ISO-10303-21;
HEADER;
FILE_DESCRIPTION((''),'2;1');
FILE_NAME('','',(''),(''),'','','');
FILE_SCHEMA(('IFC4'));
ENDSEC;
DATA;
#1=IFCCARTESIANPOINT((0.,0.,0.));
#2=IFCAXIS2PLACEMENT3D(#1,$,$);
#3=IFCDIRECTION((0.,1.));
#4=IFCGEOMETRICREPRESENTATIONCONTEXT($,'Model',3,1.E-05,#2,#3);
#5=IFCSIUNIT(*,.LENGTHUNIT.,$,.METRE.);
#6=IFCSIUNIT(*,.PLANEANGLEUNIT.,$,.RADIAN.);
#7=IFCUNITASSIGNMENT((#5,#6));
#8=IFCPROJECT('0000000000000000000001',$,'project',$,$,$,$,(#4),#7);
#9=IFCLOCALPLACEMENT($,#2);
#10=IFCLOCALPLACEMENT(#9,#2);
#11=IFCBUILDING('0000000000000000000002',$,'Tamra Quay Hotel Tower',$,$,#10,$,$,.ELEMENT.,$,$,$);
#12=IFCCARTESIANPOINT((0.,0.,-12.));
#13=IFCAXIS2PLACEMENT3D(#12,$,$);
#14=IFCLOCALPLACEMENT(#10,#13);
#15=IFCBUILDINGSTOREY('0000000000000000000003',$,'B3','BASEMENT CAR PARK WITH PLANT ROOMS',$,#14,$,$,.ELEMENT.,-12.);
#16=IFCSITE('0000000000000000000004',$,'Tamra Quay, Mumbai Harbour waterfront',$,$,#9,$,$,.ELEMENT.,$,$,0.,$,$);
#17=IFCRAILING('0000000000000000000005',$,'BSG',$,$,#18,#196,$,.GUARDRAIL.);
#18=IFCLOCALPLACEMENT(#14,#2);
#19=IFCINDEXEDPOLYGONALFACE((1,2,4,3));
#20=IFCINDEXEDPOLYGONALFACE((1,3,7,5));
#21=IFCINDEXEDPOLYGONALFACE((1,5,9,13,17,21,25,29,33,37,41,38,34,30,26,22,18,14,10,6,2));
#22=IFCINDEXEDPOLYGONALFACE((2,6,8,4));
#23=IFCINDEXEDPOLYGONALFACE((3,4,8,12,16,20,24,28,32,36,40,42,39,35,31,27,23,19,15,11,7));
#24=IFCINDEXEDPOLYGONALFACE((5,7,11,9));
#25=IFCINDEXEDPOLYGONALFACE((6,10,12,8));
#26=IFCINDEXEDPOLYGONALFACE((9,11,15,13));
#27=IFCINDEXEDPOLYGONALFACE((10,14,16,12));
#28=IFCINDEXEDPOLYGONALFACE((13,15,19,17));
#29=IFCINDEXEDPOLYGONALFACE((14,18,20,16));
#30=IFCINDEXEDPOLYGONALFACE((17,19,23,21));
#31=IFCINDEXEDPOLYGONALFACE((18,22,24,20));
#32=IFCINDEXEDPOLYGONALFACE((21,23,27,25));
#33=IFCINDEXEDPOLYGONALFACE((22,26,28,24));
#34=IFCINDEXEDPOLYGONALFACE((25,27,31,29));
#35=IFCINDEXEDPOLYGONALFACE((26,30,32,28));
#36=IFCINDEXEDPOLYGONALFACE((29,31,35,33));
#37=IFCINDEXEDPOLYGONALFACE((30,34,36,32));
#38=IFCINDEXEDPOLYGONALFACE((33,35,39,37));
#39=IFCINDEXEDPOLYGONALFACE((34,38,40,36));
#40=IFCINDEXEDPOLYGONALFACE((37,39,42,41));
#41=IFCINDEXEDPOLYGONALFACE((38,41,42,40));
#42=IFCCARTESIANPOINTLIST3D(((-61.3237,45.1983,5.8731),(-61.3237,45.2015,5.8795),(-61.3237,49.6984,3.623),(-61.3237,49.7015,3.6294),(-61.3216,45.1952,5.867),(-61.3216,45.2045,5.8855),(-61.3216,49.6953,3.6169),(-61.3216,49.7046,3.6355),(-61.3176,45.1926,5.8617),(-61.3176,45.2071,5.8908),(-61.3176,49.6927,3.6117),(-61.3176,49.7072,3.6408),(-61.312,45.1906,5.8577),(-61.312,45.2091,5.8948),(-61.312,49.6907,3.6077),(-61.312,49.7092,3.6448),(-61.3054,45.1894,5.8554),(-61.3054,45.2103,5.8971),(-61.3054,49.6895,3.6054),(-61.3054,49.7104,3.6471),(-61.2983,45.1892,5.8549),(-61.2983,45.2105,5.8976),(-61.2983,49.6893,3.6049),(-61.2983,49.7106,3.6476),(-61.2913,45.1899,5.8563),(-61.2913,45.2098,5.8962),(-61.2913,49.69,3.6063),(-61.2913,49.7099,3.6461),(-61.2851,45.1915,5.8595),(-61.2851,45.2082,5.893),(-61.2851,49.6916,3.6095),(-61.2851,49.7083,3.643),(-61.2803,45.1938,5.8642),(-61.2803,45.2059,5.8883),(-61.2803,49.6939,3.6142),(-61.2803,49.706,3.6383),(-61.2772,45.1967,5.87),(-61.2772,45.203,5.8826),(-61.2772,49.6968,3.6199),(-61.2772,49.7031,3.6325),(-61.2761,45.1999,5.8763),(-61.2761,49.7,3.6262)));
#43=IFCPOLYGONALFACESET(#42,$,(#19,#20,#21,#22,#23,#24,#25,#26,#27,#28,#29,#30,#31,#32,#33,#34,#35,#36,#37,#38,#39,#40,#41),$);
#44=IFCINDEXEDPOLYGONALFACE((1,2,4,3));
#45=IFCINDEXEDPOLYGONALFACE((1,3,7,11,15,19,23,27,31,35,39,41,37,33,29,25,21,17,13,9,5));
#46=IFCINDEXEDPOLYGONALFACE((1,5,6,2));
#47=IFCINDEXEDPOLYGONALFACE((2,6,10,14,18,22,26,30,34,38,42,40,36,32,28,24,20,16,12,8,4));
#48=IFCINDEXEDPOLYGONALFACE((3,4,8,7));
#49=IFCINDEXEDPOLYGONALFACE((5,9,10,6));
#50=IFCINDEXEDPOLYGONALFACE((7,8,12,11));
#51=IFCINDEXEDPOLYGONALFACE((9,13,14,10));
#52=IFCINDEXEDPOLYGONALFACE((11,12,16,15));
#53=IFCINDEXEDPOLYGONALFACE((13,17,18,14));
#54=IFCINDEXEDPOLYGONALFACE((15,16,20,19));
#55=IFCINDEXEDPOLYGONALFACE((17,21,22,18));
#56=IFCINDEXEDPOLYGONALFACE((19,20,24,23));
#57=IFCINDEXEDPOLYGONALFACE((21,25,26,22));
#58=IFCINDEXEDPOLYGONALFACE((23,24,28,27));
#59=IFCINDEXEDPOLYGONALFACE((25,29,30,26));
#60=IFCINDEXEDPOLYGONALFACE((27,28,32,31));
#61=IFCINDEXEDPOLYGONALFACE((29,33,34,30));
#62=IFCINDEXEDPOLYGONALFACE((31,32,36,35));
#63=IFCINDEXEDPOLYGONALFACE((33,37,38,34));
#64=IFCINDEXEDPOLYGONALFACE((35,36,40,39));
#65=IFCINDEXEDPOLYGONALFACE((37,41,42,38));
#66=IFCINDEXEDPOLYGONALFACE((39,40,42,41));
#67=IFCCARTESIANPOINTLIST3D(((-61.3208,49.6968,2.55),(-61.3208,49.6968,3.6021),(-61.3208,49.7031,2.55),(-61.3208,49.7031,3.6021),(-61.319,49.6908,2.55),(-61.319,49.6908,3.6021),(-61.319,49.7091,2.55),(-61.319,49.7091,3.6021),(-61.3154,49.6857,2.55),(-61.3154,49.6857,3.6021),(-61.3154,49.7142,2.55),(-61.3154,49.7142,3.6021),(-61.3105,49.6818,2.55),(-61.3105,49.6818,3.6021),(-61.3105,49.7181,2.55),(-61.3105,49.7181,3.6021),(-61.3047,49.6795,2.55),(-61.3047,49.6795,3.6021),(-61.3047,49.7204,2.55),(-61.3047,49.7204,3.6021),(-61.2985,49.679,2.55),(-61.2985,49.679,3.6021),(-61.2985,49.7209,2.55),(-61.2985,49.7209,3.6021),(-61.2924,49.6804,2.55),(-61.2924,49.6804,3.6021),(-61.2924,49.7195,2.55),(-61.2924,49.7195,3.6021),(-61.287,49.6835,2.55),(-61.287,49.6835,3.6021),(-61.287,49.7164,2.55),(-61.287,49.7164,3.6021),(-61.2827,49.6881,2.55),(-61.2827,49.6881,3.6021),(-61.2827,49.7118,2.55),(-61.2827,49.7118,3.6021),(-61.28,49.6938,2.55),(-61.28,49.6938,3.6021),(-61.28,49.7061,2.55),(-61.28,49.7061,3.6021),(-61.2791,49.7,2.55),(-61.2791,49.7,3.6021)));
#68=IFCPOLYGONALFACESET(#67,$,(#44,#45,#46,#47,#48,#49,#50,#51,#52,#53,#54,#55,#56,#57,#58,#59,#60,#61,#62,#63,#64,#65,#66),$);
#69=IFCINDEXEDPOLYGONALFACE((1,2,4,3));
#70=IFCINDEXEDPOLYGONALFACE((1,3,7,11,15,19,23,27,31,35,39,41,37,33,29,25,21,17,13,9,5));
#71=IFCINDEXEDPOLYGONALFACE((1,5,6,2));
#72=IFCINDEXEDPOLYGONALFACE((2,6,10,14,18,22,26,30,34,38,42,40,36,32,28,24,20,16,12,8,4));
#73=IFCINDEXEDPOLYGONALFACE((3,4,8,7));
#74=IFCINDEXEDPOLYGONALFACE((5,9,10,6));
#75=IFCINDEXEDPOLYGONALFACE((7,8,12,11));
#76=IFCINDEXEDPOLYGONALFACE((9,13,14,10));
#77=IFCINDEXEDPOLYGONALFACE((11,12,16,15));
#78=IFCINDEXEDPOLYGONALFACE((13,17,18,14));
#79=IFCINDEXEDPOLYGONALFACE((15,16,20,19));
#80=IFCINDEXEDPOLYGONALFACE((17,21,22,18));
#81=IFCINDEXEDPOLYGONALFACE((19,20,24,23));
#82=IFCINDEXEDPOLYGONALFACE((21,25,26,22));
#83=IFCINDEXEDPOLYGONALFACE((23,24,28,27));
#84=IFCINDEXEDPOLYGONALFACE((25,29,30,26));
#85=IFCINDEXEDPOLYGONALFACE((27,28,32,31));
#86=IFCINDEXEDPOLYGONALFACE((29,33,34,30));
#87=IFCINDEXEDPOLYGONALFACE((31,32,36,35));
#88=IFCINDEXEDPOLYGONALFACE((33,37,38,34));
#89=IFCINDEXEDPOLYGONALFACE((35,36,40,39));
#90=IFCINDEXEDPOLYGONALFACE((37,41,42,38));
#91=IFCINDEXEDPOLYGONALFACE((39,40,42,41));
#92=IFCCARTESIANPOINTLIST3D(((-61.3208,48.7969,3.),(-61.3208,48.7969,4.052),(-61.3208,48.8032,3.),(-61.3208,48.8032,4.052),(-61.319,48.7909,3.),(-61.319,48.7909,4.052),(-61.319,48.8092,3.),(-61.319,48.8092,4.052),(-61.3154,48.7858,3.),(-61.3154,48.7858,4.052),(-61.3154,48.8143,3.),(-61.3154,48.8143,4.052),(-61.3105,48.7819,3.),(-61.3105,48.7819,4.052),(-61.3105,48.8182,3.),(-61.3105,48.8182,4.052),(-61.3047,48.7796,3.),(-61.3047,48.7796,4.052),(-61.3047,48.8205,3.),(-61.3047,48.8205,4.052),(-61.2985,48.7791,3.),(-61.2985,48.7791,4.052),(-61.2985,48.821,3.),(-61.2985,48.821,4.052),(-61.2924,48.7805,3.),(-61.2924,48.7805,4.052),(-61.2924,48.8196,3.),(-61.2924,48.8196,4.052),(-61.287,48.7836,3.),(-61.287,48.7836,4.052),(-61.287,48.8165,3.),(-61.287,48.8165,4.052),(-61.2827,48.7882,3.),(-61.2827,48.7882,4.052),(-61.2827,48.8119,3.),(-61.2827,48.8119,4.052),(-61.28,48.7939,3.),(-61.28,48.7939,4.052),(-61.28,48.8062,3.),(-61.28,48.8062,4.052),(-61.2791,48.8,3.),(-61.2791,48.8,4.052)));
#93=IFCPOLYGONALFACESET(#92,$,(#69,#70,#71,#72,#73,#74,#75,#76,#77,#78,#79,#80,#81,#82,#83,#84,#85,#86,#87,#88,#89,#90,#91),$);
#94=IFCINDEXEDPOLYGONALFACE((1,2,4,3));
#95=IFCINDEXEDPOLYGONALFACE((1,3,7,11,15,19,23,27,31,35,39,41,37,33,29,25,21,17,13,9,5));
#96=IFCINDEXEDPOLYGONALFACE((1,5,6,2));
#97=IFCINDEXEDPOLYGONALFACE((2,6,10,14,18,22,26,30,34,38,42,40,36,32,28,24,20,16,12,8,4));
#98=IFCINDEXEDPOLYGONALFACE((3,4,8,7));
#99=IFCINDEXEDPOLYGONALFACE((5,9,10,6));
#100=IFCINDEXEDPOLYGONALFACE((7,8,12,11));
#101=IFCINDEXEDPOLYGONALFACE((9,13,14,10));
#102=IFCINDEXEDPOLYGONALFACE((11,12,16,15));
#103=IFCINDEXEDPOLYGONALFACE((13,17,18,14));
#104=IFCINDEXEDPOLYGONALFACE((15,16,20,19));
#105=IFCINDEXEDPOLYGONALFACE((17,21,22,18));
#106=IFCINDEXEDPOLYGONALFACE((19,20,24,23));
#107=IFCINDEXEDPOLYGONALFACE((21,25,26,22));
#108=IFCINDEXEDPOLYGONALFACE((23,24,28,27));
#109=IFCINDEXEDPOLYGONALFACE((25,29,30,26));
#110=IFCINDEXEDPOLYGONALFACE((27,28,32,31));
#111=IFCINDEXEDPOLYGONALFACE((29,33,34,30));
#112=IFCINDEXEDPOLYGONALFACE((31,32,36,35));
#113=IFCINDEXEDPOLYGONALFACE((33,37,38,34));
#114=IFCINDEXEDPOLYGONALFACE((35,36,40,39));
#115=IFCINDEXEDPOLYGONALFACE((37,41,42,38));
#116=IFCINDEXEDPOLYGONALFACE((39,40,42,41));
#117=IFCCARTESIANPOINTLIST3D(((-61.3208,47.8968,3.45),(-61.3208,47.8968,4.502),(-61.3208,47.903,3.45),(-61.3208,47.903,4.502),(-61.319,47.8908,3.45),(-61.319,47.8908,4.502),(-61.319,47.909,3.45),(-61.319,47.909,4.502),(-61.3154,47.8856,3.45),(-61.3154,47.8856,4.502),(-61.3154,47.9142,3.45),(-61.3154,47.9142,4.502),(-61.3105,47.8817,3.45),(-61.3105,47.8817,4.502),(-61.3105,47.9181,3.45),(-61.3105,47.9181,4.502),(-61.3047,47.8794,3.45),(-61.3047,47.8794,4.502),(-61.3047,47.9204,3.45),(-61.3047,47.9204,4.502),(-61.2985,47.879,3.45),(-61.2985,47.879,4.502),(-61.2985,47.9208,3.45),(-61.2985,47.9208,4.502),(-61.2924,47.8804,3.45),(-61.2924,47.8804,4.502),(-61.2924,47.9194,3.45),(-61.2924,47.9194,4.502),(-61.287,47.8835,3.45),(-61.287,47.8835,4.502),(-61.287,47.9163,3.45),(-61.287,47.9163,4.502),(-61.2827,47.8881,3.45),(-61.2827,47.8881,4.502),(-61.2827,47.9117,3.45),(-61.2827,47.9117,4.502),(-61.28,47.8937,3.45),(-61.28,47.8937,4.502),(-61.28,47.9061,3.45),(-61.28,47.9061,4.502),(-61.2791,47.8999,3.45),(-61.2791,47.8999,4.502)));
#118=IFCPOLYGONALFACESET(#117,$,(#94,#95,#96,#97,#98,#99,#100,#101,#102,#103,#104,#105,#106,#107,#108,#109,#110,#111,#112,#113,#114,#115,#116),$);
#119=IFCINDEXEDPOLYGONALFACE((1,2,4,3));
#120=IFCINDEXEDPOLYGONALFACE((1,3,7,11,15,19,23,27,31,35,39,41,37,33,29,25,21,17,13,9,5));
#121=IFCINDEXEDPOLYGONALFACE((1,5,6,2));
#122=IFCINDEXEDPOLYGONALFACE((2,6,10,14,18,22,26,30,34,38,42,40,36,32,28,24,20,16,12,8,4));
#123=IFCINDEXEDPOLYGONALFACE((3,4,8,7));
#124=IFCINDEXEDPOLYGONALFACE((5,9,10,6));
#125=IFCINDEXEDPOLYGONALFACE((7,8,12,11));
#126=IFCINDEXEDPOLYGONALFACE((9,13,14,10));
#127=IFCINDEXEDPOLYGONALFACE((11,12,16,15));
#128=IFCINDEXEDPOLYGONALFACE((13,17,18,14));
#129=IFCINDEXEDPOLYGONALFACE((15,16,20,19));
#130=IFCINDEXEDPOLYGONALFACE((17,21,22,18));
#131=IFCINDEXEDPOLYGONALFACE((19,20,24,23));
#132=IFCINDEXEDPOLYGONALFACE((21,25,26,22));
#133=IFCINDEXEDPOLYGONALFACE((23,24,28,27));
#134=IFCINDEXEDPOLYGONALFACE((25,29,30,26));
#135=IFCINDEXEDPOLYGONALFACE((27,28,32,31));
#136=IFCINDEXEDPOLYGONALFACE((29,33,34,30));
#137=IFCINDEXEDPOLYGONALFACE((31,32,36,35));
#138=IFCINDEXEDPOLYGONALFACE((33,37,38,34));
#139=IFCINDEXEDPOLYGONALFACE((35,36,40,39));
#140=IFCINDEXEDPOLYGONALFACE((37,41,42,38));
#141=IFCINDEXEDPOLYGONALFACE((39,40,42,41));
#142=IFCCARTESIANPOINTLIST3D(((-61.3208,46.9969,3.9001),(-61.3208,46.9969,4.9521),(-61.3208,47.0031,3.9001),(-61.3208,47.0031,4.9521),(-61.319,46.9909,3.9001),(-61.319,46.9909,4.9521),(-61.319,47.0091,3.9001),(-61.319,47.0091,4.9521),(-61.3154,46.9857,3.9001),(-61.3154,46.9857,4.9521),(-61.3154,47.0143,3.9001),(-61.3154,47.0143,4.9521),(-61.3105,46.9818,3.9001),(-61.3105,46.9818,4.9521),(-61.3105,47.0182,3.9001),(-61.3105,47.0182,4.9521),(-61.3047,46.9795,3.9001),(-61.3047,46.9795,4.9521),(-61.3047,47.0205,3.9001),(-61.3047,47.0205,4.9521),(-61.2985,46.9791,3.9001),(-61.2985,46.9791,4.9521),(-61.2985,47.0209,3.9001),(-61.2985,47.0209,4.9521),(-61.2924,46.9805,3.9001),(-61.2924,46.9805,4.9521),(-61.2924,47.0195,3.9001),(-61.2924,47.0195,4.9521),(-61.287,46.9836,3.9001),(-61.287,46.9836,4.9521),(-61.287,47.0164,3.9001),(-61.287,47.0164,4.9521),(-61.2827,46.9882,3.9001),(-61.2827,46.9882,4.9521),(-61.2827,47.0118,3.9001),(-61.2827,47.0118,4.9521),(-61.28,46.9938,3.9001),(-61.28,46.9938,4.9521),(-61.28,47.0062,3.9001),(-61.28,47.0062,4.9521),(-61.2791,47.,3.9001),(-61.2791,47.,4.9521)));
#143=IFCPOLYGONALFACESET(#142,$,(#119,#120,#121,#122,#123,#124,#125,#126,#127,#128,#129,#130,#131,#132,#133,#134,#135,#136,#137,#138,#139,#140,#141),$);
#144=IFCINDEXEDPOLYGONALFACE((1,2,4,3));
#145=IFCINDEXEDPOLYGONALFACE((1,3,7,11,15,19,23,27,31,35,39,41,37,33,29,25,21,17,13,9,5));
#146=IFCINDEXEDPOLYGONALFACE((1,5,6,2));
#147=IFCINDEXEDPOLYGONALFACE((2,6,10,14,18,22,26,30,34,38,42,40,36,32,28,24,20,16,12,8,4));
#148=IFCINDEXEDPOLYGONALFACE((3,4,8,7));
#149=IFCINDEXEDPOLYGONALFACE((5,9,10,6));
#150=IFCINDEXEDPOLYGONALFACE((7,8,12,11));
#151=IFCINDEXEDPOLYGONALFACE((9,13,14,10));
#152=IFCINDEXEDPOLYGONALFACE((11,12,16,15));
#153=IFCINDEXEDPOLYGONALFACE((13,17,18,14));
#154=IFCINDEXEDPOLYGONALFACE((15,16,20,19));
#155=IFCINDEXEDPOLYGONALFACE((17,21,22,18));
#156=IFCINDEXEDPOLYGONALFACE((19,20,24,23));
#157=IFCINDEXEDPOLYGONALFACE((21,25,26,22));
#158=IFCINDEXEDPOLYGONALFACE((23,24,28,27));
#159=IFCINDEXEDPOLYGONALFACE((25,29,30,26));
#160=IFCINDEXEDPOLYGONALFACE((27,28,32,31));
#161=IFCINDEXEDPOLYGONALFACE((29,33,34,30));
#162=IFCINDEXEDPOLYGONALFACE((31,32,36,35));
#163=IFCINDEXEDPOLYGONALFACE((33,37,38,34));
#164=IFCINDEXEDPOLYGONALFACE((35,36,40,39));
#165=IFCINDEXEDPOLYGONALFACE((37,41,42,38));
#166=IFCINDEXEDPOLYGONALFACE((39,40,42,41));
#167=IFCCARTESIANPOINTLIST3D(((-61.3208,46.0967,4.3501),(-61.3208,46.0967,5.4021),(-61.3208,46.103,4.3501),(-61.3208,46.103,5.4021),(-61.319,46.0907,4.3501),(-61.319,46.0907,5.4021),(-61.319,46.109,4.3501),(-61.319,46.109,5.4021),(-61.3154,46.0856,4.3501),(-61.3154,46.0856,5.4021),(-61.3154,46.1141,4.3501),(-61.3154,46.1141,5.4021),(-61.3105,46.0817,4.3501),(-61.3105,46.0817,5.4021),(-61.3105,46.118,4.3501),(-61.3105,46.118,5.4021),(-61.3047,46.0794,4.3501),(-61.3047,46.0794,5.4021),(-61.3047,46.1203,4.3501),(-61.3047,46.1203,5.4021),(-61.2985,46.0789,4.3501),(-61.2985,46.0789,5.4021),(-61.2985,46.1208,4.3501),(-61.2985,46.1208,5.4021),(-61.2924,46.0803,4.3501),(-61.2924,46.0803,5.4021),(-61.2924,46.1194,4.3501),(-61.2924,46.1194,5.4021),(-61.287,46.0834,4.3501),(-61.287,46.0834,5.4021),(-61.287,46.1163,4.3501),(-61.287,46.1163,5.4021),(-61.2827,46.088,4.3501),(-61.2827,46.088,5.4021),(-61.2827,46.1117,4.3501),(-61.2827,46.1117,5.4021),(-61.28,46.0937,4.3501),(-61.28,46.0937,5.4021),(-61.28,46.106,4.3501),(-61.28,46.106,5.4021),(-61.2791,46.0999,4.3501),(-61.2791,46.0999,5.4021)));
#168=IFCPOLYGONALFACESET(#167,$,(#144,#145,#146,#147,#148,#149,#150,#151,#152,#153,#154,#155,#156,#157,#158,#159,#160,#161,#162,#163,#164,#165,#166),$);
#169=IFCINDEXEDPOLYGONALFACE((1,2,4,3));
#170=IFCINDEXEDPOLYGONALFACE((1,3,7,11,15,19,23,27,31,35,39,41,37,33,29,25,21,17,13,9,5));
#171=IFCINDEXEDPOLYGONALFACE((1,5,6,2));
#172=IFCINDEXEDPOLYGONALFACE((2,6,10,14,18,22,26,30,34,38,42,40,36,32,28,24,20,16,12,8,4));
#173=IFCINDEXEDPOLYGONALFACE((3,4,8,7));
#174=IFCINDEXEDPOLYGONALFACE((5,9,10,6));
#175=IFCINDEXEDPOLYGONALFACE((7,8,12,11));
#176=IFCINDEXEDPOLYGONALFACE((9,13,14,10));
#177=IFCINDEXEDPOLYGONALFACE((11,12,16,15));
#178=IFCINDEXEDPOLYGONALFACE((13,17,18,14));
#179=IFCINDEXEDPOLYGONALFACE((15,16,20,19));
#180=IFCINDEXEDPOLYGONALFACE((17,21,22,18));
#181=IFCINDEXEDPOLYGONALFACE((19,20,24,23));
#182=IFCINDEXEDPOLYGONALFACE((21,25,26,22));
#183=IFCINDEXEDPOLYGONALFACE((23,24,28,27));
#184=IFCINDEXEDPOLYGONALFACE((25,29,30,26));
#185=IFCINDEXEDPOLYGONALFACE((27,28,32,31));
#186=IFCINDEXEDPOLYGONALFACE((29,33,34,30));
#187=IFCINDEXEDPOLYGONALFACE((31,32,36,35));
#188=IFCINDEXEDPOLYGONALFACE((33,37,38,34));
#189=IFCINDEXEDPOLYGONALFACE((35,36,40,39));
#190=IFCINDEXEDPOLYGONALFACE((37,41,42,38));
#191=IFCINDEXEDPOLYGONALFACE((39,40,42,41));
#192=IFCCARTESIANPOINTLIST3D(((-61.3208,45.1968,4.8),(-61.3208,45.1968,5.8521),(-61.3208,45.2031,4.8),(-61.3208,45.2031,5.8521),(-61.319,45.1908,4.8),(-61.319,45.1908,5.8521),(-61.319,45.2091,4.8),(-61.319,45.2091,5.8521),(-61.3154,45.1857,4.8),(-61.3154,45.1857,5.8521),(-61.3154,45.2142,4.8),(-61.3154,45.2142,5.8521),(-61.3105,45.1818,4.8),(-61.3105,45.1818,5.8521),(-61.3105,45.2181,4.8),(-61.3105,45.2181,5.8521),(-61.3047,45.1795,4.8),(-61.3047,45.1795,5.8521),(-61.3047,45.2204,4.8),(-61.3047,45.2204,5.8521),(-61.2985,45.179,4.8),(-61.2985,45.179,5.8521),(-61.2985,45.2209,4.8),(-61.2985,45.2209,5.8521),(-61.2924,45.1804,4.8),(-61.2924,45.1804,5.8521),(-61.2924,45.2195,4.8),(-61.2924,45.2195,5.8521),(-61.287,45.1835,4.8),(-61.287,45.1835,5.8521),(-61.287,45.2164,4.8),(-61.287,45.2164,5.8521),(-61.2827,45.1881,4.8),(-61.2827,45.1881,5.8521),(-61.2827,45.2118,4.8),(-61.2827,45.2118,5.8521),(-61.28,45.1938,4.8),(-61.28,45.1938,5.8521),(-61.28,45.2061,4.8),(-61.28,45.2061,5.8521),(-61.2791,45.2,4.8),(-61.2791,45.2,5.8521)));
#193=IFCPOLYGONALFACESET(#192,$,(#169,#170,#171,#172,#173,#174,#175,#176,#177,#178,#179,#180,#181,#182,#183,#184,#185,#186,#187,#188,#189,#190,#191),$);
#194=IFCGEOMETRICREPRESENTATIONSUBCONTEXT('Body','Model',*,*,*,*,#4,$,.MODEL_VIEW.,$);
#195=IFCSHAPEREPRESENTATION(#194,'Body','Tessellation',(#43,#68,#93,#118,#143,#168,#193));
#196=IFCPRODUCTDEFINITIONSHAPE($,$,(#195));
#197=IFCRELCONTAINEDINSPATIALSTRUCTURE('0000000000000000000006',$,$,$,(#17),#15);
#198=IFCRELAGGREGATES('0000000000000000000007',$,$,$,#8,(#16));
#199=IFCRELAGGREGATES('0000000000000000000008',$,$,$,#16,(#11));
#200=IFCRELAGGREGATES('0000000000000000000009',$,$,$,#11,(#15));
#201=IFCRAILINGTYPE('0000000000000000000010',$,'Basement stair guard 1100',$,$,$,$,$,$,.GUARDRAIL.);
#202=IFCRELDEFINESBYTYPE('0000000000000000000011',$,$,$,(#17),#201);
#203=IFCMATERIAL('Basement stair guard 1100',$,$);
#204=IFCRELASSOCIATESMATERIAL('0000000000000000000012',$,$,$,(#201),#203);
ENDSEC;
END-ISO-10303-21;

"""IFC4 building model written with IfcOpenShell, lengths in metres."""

from ifc_helpers import new_model, si_unit, direction, frame, origin, origin_2d, place, context, subcontext, project, spatial, circle, extrude, material, type_object, element, save


model = new_model("IFC4")

# Units and contexts
model_context = context("Model", 3, precision=1e-05, world=origin(), true_north=direction((0.0, 1.0)))
body_context = subcontext(model_context, "Body", "Model", "MODEL_VIEW")
ifc_project = project(units=[si_unit("LENGTHUNIT", "METRE"), si_unit("PLANEANGLEUNIT", "RADIAN")], contexts=[model_context])

# Site, building, storey
site_placement = place(None, origin())
site = spatial("IfcSite", under=ifc_project, at=site_placement, Name="Tamra Quay, Mumbai Harbour waterfront", CompositionType="ELEMENT", RefElevation=0.0)
building_placement = place(site_placement, origin())
building = spatial("IfcBuilding", under=site, at=building_placement, Name="Tamra Quay Hotel Tower", CompositionType="ELEMENT")
storey_placement = place(building_placement, frame((0.0, 0.0, -12.0)))
storey = spatial("IfcBuildingStorey", under=building, at=storey_placement, Name="B3", Description="BASEMENT CAR PARK WITH PLANT ROOMS", CompositionType="ELEMENT", Elevation=-12.0)

# Railing
ifc_material_1 = material(Name="Basement stair guard 1100")
railing_type_1 = type_object("IfcRailingType", Name="Basement stair guard 1100", PredefinedType="GUARDRAIL", material=ifc_material_1)
railing_1_placement = place(storey_placement, frame((-61.3, 49.7, 2.55)))
element("IfcRailing", 1, at=railing_1_placement, inside=storey, type_object=railing_type_1, Name="BSG", PredefinedType="GUARDRAIL", context=body_context, shape_type="SweptSolid", body=[
    extrude(circle(Radius=0.0239, at=origin_2d()), frame((0.0, 0.0, 1.0762), z_axis=(0.0, -0.894427, 0.447214), x_axis=(1.0, 0.0, 0.0)), (0.0, 0.0, 1.0), 5.0312),
    extrude(circle(Radius=0.021, at=origin_2d()), origin(), (0.0, 0.0, 1.0), 1.052),
    extrude(circle(Radius=0.021, at=origin_2d()), frame((0.0, -0.8999, 0.45)), (0.0, 0.0, 1.0), 1.052),
    extrude(circle(Radius=0.021, at=origin_2d()), frame((0.0, -1.8, 0.8999)), (0.0, 0.0, 1.0), 1.052),
    extrude(circle(Radius=0.021, at=origin_2d()), frame((0.0, -2.7, 1.3501)), (0.0, 0.0, 1.0), 1.052),
    extrude(circle(Radius=0.021, at=origin_2d()), frame((0.0, -3.6001, 1.8)), (0.0, 0.0, 1.0), 1.052),
    extrude(circle(Radius=0.021, at=origin_2d()), frame((0.0, -4.5, 2.25)), (0.0, 0.0, 1.0), 1.052),
])

save(model, "model.ifc")
